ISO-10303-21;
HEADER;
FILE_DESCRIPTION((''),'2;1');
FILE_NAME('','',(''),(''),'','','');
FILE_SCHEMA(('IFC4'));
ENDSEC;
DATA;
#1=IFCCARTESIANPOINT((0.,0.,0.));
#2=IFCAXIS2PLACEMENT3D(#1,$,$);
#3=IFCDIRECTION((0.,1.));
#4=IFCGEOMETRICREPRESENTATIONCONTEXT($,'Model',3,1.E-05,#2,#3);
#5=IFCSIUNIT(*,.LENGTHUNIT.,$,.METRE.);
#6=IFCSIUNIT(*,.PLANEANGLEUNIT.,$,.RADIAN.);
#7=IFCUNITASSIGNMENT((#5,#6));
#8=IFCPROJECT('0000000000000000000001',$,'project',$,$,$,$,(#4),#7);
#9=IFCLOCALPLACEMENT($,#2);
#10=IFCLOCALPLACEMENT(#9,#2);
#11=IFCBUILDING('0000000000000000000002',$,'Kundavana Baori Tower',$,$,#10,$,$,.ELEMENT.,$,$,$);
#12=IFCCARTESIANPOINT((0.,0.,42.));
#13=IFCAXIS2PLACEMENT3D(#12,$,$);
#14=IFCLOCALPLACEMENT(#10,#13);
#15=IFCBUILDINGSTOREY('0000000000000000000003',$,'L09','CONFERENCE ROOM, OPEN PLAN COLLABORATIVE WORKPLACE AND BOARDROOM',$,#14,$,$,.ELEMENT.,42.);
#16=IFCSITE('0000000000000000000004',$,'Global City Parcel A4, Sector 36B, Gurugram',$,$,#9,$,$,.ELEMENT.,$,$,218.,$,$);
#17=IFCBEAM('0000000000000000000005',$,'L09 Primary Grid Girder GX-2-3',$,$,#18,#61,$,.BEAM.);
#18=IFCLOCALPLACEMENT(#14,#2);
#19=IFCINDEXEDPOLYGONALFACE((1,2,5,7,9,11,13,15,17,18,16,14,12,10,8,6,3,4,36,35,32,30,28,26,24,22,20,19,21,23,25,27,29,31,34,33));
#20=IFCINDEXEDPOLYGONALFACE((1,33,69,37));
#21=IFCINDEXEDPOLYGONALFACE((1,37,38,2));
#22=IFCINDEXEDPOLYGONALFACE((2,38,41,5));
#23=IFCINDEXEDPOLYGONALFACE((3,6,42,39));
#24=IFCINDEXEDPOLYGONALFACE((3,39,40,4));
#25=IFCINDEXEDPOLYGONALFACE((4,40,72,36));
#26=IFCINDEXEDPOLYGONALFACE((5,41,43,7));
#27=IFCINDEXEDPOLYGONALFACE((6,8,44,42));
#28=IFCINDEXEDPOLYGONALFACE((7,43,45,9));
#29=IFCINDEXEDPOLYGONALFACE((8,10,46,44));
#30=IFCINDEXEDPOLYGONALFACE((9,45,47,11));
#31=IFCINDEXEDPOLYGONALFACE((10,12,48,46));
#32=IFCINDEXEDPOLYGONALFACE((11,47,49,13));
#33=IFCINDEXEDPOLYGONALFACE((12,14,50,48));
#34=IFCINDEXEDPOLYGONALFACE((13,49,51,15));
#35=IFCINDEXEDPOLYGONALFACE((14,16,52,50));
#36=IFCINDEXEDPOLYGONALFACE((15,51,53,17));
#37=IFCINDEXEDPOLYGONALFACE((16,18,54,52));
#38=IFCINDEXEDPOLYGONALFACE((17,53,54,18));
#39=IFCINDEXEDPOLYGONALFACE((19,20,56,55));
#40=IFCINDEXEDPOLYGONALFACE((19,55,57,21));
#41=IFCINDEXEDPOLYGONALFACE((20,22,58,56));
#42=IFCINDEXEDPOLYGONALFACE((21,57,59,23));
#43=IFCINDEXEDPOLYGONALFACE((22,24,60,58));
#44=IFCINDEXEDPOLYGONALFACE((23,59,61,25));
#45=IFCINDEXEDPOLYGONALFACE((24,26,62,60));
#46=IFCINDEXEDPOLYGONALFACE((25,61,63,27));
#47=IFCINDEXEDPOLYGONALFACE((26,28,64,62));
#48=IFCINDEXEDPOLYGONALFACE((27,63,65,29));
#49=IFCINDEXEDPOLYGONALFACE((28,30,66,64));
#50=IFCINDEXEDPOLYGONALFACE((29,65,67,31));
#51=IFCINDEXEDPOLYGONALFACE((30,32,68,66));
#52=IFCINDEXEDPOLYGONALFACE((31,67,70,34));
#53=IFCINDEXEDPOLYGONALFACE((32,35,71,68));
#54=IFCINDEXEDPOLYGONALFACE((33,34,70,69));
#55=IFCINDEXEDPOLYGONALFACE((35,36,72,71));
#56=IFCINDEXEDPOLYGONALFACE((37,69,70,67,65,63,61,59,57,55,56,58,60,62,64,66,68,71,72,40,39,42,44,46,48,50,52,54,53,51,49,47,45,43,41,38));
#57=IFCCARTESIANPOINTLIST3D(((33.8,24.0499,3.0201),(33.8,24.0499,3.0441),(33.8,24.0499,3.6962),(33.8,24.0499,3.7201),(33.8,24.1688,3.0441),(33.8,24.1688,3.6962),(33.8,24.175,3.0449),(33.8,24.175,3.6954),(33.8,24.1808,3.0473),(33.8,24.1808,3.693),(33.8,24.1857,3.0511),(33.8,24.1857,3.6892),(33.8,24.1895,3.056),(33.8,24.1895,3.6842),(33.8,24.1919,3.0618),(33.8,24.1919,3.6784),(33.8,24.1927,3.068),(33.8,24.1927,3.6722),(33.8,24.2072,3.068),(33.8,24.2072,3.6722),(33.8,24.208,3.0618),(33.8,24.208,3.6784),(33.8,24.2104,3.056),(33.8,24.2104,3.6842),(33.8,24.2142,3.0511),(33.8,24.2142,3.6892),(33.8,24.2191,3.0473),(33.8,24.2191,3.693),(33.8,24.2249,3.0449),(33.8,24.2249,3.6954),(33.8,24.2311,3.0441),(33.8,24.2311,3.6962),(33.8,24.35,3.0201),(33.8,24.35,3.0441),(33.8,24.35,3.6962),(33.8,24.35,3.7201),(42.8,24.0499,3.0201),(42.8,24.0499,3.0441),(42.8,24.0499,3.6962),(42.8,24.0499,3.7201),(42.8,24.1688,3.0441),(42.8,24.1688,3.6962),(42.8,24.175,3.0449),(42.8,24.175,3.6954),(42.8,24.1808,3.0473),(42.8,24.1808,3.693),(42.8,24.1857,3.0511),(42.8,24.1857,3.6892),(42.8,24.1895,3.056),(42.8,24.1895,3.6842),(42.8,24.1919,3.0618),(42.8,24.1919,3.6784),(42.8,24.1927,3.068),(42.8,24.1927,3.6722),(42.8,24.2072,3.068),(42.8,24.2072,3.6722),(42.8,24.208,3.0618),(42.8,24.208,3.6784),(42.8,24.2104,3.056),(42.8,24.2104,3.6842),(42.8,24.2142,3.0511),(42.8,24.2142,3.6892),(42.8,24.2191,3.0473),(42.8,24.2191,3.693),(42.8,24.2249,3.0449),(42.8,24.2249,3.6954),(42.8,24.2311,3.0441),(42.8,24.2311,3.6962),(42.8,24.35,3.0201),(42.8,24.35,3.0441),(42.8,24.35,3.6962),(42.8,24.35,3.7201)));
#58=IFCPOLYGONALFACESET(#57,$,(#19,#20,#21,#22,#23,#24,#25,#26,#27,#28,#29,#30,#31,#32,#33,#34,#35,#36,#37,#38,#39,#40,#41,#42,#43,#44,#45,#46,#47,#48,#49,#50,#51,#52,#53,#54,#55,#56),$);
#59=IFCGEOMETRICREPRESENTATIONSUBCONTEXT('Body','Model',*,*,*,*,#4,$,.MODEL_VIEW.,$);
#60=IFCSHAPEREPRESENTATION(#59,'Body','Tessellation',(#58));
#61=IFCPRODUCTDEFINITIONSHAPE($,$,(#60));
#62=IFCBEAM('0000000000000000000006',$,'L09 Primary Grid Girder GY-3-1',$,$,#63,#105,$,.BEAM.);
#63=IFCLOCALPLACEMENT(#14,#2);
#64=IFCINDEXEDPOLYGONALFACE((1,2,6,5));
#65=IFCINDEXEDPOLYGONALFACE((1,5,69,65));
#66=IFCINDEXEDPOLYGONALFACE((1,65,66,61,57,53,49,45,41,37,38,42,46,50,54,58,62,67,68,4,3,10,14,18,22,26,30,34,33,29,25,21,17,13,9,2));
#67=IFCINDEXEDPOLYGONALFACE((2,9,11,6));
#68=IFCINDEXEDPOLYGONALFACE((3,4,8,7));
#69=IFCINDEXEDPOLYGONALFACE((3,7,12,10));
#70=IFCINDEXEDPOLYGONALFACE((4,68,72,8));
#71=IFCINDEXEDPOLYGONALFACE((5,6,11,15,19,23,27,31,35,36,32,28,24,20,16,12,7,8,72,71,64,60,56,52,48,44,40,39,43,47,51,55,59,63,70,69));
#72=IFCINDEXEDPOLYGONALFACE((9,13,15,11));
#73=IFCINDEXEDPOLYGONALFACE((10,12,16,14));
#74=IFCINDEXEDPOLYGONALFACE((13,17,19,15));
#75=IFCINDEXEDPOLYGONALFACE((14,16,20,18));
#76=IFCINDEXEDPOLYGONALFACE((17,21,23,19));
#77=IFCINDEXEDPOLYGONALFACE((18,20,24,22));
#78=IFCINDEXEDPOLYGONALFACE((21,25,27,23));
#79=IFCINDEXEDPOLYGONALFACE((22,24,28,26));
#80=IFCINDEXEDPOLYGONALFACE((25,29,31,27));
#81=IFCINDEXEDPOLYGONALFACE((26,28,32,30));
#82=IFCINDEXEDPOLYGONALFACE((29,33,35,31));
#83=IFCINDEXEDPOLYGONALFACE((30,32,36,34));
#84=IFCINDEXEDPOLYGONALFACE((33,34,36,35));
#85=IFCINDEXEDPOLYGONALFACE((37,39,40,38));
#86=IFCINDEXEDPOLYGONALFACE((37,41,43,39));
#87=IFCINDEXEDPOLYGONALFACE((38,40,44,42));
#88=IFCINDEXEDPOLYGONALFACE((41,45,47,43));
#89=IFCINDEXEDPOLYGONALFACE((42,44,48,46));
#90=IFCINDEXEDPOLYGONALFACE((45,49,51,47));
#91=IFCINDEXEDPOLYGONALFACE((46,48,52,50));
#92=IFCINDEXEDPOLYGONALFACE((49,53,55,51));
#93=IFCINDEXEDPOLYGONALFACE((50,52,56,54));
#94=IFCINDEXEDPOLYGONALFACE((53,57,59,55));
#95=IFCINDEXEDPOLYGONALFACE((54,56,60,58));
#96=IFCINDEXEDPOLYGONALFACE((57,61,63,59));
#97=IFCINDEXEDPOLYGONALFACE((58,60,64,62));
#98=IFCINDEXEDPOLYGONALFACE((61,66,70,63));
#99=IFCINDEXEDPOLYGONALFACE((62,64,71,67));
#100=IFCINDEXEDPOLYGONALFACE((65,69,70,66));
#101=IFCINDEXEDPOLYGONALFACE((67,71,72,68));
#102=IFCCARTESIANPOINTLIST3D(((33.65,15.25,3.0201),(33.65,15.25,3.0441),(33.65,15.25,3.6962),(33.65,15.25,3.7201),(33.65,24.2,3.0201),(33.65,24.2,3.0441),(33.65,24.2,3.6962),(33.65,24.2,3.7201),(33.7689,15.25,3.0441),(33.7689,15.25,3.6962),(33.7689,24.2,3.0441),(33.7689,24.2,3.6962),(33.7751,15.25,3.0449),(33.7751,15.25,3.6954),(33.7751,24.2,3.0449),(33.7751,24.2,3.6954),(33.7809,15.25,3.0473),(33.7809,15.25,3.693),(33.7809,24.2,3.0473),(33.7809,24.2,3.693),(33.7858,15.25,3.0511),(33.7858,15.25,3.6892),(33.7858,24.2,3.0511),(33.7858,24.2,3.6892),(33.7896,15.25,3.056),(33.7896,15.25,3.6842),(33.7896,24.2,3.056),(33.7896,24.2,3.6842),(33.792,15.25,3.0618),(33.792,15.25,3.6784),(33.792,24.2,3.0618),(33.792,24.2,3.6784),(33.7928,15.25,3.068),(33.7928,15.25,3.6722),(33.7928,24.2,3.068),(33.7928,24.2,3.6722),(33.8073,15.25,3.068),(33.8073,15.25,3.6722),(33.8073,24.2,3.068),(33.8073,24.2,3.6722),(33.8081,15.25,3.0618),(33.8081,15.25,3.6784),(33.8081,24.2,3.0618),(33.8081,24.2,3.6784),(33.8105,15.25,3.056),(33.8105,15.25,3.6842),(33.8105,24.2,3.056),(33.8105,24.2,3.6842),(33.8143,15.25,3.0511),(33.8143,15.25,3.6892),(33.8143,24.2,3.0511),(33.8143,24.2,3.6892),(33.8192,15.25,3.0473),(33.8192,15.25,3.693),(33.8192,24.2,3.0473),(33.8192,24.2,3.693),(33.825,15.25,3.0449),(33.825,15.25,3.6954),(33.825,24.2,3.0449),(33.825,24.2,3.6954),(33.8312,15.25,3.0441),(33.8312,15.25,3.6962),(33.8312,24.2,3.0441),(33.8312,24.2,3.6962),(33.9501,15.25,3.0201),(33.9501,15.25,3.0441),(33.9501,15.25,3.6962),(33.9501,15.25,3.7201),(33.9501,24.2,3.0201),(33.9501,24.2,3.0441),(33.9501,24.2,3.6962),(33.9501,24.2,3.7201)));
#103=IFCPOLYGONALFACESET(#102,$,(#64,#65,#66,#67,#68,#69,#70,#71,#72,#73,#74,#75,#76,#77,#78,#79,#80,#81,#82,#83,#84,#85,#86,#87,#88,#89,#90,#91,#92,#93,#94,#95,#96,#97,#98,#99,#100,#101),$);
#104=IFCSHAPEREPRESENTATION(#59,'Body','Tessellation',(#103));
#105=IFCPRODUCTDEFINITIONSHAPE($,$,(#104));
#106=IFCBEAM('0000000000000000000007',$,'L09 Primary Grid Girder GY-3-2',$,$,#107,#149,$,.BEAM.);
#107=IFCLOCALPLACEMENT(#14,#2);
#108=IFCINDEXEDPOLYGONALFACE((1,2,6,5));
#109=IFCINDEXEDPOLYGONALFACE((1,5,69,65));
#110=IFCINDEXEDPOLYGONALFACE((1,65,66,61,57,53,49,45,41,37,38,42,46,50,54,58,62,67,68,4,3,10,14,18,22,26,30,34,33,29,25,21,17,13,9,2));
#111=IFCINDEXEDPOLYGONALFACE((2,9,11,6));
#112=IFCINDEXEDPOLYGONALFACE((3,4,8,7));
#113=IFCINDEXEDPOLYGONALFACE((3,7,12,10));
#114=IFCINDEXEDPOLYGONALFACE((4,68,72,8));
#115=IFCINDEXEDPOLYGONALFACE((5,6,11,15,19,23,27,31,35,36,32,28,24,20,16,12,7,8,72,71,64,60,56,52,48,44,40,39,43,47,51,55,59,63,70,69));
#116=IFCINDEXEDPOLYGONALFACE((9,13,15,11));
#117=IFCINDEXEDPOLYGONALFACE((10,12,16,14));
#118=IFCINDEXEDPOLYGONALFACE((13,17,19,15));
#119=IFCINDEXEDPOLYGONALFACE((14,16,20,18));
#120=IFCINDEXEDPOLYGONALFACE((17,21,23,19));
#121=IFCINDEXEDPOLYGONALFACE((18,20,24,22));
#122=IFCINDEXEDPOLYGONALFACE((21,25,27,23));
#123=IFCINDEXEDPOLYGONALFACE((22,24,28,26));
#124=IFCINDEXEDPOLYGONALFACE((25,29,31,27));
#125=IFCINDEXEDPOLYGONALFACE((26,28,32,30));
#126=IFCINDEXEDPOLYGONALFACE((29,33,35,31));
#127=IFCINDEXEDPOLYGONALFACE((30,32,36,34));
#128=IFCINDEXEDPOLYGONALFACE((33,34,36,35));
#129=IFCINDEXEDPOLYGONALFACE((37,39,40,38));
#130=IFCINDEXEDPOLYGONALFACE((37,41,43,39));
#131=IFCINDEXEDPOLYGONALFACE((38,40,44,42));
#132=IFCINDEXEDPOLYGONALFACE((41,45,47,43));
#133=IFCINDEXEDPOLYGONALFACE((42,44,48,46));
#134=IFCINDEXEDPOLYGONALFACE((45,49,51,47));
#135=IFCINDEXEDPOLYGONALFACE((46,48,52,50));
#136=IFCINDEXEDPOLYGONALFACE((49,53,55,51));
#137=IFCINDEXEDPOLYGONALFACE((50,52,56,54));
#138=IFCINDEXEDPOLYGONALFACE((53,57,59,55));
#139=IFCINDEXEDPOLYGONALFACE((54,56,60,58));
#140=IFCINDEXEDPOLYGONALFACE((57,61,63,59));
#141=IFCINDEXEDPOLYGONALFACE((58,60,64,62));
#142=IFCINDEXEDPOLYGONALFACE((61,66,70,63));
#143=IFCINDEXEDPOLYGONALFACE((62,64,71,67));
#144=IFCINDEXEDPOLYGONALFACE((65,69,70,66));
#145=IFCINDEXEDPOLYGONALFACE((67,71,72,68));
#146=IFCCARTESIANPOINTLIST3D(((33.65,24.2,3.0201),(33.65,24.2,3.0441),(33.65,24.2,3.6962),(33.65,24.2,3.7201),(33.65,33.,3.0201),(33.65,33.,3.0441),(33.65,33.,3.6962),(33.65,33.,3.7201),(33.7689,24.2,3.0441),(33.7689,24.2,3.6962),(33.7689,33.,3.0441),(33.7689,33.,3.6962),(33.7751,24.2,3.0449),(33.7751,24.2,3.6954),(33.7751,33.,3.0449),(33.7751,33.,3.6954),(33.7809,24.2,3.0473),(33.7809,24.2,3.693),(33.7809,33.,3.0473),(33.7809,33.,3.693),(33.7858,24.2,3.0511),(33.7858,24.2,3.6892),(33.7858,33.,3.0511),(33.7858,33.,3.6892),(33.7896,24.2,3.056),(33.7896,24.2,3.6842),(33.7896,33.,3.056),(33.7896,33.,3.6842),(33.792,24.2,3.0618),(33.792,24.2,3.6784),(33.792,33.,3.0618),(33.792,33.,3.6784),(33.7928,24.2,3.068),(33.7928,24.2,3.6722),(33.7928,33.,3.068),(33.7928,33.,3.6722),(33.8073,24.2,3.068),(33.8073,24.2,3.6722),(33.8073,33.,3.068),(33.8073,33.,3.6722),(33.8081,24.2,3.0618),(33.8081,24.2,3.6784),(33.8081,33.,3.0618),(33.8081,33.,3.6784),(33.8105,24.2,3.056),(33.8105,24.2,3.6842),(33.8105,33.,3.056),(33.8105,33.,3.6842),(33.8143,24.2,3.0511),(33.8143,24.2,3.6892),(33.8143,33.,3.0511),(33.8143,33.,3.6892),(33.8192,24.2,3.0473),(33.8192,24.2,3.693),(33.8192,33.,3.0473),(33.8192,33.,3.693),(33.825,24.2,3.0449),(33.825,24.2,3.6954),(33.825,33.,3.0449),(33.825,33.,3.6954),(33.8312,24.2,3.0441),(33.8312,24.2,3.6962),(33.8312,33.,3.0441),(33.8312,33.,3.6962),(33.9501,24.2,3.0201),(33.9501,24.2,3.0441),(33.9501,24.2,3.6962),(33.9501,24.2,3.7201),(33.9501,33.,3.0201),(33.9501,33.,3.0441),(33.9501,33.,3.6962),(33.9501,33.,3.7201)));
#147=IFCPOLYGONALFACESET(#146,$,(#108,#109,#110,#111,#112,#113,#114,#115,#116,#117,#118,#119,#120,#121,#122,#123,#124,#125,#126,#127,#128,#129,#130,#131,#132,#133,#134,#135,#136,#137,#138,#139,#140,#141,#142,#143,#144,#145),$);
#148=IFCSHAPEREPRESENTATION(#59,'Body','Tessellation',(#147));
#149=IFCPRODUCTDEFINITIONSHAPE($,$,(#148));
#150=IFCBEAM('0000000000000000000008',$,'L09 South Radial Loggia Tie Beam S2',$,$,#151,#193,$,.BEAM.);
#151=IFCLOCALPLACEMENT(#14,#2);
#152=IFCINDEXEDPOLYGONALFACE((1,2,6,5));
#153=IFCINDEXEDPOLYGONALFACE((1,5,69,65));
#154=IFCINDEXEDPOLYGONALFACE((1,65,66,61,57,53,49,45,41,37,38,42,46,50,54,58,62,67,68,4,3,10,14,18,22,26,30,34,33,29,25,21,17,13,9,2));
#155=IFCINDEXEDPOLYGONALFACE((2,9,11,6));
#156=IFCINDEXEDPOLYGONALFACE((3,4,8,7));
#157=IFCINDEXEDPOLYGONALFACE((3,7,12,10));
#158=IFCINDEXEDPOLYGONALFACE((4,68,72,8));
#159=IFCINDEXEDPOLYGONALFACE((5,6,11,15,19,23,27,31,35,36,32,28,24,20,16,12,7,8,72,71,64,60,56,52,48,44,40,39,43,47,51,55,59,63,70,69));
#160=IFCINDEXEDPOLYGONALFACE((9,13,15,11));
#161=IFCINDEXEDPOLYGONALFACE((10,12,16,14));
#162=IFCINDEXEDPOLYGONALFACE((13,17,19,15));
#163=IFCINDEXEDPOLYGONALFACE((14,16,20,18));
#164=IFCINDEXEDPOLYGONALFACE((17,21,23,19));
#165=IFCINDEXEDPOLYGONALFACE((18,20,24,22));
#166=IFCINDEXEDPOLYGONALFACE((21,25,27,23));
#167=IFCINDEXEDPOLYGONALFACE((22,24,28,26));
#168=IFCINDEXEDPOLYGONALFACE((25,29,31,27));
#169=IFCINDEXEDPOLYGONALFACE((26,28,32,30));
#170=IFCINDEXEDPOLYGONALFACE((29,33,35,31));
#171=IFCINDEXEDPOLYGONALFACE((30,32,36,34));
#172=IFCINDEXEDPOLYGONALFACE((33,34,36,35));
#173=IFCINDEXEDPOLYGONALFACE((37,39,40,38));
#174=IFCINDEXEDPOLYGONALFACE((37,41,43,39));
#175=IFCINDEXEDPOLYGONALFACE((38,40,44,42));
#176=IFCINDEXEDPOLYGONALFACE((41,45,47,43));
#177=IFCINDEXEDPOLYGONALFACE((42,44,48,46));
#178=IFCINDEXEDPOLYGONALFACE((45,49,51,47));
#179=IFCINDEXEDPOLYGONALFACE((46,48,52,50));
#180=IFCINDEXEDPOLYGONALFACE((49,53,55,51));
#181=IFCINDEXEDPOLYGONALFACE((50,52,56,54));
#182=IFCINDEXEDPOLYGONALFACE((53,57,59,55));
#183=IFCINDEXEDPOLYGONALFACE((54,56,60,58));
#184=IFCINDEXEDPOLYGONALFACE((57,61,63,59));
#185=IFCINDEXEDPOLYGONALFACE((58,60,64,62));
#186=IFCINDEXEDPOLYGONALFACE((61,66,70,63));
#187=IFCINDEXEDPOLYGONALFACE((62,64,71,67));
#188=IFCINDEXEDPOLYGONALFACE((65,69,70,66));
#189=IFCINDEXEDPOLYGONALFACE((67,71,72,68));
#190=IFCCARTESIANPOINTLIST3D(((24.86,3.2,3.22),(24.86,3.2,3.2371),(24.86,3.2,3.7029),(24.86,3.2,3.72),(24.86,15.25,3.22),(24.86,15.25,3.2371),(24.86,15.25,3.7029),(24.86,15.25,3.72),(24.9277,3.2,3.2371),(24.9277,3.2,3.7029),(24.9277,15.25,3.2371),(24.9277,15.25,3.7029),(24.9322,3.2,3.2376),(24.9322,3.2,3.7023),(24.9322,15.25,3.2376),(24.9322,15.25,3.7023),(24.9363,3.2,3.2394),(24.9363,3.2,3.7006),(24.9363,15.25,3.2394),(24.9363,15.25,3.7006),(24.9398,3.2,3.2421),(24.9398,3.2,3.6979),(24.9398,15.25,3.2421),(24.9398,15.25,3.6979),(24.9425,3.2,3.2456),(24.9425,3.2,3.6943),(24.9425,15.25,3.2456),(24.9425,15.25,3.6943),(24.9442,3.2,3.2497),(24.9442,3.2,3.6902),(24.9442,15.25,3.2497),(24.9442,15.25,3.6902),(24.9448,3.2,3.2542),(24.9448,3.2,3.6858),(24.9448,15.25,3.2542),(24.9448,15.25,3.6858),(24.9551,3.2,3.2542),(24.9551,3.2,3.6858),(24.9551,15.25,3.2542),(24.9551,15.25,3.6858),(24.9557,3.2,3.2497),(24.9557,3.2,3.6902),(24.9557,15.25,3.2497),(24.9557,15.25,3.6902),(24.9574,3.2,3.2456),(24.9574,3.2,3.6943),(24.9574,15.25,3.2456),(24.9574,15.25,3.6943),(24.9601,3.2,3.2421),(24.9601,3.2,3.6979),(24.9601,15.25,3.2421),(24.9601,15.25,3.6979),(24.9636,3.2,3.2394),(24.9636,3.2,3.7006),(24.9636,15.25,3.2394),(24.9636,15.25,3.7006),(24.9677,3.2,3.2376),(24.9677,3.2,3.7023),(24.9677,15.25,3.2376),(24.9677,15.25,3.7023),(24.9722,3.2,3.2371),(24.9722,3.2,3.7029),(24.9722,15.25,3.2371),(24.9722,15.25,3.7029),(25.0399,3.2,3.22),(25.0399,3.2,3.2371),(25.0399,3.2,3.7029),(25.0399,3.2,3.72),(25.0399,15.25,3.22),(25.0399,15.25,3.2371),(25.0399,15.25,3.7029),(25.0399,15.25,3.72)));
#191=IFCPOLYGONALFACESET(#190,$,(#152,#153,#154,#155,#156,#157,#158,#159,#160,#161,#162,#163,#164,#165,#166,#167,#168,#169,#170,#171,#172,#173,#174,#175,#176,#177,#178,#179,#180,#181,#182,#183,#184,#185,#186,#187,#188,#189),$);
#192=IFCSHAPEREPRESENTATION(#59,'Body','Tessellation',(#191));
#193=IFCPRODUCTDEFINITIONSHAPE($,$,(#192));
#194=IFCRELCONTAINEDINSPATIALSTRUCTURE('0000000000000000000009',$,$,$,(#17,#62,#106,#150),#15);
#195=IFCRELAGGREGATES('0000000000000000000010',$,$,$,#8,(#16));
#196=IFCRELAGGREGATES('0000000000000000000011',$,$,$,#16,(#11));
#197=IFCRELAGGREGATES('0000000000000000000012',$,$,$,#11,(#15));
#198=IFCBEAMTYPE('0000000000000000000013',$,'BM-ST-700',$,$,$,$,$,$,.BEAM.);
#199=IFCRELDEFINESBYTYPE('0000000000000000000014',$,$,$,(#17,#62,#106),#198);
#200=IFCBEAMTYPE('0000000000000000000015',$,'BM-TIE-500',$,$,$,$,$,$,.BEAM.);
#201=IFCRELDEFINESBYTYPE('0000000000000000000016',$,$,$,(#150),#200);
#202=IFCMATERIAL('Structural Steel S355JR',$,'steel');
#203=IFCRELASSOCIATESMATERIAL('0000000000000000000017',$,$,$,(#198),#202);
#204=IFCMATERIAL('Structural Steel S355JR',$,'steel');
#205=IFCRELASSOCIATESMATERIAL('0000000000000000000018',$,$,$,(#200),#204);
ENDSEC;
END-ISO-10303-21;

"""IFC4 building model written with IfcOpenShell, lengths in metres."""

from ifc_helpers import new_model, si_unit, direction, frame, origin, origin_2d, place, context, subcontext, project, spatial, i_section, extrude, material, material_profile, profile_set, type_object, element, save


model = new_model("IFC4")

# Units and contexts
model_context = context("Model", 3, precision=1e-05, world=origin(), true_north=direction((0.0, 1.0)))
body_context = subcontext(model_context, "Body", "Model", "MODEL_VIEW")
ifc_project = project(units=[si_unit("LENGTHUNIT", "METRE"), si_unit("PLANEANGLEUNIT", "RADIAN")], contexts=[model_context])

# Site, building, storey
site_placement = place(None, origin())
site = spatial("IfcSite", under=ifc_project, at=site_placement, Name="Global City Parcel A4, Sector 36B, Gurugram", CompositionType="ELEMENT", RefElevation=218.0)
building_placement = place(site_placement, origin())
building = spatial("IfcBuilding", under=site, at=building_placement, Name="Kundavana Baori Tower", CompositionType="ELEMENT")
storey_placement = place(building_placement, frame((0.0, 0.0, 42.0)))
storey = spatial("IfcBuildingStorey", under=building, at=storey_placement, Name="L09", Description="CONFERENCE ROOM, OPEN PLAN COLLABORATIVE WORKPLACE AND BOARDROOM", CompositionType="ELEMENT", Elevation=42.0)

# Beams
ifc_material_1 = material(Name="Structural Steel S355JR", Category="steel")
ifc_material_profile_1 = material_profile(ifc_material_1, i_section(OverallWidth=0.3, OverallDepth=0.7, WebThickness=0.0144, FlangeThickness=0.0239, FilletRadius=0.0239, at=origin_2d()), Name="NPB 700x300x170")
ifc_profile_set_1 = profile_set([ifc_material_profile_1], Name="Structural Steel S355JR")
beam_type_1 = type_object("IfcBeamType", Name="BM-ST-700", PredefinedType="BEAM", material=ifc_profile_set_1)
beam_1_placement = place(storey_placement, frame((33.8, 24.2, 3.3701), z_axis=(1.0, 0.0, 0.0), x_axis=(0.0, 1.0, 0.0)))
element("IfcBeam", 1, at=beam_1_placement, inside=storey, type_object=beam_type_1, Name="L09 Primary Grid Girder GX-2-3", PredefinedType="BEAM", context=body_context, shape_type="SweptSolid", body=[
    extrude(i_section(OverallWidth=0.3, OverallDepth=0.7, WebThickness=0.0144, FlangeThickness=0.0239, FilletRadius=0.0239, at=origin_2d()), origin(), (0.0, 0.0, 1.0), 9.0),
])
beam_2_placement = place(storey_placement, frame((33.8, 15.25, 3.3701), z_axis=(0.0, 1.0, 0.0), x_axis=(-1.0, 0.0, 0.0)))
element("IfcBeam", 2, at=beam_2_placement, inside=storey, type_object=beam_type_1, Name="L09 Primary Grid Girder GY-3-1", PredefinedType="BEAM", context=body_context, shape_type="SweptSolid", body=[
    extrude(i_section(OverallWidth=0.3, OverallDepth=0.7, WebThickness=0.0144, FlangeThickness=0.0239, FilletRadius=0.0239, at=origin_2d()), origin(), (0.0, 0.0, 1.0), 8.95),
])
beam_3_placement = place(storey_placement, frame((33.8, 24.2, 3.3701), z_axis=(0.0, 1.0, 0.0), x_axis=(-1.0, 0.0, 0.0)))
element("IfcBeam", 3, at=beam_3_placement, inside=storey, type_object=beam_type_1, Name="L09 Primary Grid Girder GY-3-2", PredefinedType="BEAM", context=body_context, shape_type="SweptSolid", body=[
    extrude(i_section(OverallWidth=0.3, OverallDepth=0.7, WebThickness=0.0144, FlangeThickness=0.0239, FilletRadius=0.0239, at=origin_2d()), origin(), (0.0, 0.0, 1.0), 8.8),
])
ifc_material_2 = material(Name="Structural Steel S355JR", Category="steel")
ifc_material_profile_2 = material_profile(ifc_material_2, i_section(OverallWidth=0.1799, OverallDepth=0.5, WebThickness=0.0103, FlangeThickness=0.0171, FilletRadius=0.0171, at=origin_2d()), Name="ISMB 500")
ifc_profile_set_2 = profile_set([ifc_material_profile_2], Name="Structural Steel S355JR")
beam_type_2 = type_object("IfcBeamType", Name="BM-TIE-500", PredefinedType="BEAM", material=ifc_profile_set_2)
for number, where, z_axis, x_axis, name in (
    (4, (24.95, 15.25, 3.47), (0.0, -1.0, 0.0), (1.0, 0.0, 0.0), "L09 South Radial Loggia Tie Beam S2"),
):
    element("IfcBeam", number, at=place(storey_placement, frame(where, z_axis=z_axis, x_axis=x_axis)), inside=storey, type_object=beam_type_2, Name=name, PredefinedType="BEAM", context=body_context, shape_type="SweptSolid", body=[
        extrude(i_section(OverallWidth=0.1799, OverallDepth=0.5, WebThickness=0.0103, FlangeThickness=0.0171, FilletRadius=0.0171, at=origin_2d()), origin(), (0.0, 0.0, 1.0), 12.05),
    ])

save(model, "model.ifc")
